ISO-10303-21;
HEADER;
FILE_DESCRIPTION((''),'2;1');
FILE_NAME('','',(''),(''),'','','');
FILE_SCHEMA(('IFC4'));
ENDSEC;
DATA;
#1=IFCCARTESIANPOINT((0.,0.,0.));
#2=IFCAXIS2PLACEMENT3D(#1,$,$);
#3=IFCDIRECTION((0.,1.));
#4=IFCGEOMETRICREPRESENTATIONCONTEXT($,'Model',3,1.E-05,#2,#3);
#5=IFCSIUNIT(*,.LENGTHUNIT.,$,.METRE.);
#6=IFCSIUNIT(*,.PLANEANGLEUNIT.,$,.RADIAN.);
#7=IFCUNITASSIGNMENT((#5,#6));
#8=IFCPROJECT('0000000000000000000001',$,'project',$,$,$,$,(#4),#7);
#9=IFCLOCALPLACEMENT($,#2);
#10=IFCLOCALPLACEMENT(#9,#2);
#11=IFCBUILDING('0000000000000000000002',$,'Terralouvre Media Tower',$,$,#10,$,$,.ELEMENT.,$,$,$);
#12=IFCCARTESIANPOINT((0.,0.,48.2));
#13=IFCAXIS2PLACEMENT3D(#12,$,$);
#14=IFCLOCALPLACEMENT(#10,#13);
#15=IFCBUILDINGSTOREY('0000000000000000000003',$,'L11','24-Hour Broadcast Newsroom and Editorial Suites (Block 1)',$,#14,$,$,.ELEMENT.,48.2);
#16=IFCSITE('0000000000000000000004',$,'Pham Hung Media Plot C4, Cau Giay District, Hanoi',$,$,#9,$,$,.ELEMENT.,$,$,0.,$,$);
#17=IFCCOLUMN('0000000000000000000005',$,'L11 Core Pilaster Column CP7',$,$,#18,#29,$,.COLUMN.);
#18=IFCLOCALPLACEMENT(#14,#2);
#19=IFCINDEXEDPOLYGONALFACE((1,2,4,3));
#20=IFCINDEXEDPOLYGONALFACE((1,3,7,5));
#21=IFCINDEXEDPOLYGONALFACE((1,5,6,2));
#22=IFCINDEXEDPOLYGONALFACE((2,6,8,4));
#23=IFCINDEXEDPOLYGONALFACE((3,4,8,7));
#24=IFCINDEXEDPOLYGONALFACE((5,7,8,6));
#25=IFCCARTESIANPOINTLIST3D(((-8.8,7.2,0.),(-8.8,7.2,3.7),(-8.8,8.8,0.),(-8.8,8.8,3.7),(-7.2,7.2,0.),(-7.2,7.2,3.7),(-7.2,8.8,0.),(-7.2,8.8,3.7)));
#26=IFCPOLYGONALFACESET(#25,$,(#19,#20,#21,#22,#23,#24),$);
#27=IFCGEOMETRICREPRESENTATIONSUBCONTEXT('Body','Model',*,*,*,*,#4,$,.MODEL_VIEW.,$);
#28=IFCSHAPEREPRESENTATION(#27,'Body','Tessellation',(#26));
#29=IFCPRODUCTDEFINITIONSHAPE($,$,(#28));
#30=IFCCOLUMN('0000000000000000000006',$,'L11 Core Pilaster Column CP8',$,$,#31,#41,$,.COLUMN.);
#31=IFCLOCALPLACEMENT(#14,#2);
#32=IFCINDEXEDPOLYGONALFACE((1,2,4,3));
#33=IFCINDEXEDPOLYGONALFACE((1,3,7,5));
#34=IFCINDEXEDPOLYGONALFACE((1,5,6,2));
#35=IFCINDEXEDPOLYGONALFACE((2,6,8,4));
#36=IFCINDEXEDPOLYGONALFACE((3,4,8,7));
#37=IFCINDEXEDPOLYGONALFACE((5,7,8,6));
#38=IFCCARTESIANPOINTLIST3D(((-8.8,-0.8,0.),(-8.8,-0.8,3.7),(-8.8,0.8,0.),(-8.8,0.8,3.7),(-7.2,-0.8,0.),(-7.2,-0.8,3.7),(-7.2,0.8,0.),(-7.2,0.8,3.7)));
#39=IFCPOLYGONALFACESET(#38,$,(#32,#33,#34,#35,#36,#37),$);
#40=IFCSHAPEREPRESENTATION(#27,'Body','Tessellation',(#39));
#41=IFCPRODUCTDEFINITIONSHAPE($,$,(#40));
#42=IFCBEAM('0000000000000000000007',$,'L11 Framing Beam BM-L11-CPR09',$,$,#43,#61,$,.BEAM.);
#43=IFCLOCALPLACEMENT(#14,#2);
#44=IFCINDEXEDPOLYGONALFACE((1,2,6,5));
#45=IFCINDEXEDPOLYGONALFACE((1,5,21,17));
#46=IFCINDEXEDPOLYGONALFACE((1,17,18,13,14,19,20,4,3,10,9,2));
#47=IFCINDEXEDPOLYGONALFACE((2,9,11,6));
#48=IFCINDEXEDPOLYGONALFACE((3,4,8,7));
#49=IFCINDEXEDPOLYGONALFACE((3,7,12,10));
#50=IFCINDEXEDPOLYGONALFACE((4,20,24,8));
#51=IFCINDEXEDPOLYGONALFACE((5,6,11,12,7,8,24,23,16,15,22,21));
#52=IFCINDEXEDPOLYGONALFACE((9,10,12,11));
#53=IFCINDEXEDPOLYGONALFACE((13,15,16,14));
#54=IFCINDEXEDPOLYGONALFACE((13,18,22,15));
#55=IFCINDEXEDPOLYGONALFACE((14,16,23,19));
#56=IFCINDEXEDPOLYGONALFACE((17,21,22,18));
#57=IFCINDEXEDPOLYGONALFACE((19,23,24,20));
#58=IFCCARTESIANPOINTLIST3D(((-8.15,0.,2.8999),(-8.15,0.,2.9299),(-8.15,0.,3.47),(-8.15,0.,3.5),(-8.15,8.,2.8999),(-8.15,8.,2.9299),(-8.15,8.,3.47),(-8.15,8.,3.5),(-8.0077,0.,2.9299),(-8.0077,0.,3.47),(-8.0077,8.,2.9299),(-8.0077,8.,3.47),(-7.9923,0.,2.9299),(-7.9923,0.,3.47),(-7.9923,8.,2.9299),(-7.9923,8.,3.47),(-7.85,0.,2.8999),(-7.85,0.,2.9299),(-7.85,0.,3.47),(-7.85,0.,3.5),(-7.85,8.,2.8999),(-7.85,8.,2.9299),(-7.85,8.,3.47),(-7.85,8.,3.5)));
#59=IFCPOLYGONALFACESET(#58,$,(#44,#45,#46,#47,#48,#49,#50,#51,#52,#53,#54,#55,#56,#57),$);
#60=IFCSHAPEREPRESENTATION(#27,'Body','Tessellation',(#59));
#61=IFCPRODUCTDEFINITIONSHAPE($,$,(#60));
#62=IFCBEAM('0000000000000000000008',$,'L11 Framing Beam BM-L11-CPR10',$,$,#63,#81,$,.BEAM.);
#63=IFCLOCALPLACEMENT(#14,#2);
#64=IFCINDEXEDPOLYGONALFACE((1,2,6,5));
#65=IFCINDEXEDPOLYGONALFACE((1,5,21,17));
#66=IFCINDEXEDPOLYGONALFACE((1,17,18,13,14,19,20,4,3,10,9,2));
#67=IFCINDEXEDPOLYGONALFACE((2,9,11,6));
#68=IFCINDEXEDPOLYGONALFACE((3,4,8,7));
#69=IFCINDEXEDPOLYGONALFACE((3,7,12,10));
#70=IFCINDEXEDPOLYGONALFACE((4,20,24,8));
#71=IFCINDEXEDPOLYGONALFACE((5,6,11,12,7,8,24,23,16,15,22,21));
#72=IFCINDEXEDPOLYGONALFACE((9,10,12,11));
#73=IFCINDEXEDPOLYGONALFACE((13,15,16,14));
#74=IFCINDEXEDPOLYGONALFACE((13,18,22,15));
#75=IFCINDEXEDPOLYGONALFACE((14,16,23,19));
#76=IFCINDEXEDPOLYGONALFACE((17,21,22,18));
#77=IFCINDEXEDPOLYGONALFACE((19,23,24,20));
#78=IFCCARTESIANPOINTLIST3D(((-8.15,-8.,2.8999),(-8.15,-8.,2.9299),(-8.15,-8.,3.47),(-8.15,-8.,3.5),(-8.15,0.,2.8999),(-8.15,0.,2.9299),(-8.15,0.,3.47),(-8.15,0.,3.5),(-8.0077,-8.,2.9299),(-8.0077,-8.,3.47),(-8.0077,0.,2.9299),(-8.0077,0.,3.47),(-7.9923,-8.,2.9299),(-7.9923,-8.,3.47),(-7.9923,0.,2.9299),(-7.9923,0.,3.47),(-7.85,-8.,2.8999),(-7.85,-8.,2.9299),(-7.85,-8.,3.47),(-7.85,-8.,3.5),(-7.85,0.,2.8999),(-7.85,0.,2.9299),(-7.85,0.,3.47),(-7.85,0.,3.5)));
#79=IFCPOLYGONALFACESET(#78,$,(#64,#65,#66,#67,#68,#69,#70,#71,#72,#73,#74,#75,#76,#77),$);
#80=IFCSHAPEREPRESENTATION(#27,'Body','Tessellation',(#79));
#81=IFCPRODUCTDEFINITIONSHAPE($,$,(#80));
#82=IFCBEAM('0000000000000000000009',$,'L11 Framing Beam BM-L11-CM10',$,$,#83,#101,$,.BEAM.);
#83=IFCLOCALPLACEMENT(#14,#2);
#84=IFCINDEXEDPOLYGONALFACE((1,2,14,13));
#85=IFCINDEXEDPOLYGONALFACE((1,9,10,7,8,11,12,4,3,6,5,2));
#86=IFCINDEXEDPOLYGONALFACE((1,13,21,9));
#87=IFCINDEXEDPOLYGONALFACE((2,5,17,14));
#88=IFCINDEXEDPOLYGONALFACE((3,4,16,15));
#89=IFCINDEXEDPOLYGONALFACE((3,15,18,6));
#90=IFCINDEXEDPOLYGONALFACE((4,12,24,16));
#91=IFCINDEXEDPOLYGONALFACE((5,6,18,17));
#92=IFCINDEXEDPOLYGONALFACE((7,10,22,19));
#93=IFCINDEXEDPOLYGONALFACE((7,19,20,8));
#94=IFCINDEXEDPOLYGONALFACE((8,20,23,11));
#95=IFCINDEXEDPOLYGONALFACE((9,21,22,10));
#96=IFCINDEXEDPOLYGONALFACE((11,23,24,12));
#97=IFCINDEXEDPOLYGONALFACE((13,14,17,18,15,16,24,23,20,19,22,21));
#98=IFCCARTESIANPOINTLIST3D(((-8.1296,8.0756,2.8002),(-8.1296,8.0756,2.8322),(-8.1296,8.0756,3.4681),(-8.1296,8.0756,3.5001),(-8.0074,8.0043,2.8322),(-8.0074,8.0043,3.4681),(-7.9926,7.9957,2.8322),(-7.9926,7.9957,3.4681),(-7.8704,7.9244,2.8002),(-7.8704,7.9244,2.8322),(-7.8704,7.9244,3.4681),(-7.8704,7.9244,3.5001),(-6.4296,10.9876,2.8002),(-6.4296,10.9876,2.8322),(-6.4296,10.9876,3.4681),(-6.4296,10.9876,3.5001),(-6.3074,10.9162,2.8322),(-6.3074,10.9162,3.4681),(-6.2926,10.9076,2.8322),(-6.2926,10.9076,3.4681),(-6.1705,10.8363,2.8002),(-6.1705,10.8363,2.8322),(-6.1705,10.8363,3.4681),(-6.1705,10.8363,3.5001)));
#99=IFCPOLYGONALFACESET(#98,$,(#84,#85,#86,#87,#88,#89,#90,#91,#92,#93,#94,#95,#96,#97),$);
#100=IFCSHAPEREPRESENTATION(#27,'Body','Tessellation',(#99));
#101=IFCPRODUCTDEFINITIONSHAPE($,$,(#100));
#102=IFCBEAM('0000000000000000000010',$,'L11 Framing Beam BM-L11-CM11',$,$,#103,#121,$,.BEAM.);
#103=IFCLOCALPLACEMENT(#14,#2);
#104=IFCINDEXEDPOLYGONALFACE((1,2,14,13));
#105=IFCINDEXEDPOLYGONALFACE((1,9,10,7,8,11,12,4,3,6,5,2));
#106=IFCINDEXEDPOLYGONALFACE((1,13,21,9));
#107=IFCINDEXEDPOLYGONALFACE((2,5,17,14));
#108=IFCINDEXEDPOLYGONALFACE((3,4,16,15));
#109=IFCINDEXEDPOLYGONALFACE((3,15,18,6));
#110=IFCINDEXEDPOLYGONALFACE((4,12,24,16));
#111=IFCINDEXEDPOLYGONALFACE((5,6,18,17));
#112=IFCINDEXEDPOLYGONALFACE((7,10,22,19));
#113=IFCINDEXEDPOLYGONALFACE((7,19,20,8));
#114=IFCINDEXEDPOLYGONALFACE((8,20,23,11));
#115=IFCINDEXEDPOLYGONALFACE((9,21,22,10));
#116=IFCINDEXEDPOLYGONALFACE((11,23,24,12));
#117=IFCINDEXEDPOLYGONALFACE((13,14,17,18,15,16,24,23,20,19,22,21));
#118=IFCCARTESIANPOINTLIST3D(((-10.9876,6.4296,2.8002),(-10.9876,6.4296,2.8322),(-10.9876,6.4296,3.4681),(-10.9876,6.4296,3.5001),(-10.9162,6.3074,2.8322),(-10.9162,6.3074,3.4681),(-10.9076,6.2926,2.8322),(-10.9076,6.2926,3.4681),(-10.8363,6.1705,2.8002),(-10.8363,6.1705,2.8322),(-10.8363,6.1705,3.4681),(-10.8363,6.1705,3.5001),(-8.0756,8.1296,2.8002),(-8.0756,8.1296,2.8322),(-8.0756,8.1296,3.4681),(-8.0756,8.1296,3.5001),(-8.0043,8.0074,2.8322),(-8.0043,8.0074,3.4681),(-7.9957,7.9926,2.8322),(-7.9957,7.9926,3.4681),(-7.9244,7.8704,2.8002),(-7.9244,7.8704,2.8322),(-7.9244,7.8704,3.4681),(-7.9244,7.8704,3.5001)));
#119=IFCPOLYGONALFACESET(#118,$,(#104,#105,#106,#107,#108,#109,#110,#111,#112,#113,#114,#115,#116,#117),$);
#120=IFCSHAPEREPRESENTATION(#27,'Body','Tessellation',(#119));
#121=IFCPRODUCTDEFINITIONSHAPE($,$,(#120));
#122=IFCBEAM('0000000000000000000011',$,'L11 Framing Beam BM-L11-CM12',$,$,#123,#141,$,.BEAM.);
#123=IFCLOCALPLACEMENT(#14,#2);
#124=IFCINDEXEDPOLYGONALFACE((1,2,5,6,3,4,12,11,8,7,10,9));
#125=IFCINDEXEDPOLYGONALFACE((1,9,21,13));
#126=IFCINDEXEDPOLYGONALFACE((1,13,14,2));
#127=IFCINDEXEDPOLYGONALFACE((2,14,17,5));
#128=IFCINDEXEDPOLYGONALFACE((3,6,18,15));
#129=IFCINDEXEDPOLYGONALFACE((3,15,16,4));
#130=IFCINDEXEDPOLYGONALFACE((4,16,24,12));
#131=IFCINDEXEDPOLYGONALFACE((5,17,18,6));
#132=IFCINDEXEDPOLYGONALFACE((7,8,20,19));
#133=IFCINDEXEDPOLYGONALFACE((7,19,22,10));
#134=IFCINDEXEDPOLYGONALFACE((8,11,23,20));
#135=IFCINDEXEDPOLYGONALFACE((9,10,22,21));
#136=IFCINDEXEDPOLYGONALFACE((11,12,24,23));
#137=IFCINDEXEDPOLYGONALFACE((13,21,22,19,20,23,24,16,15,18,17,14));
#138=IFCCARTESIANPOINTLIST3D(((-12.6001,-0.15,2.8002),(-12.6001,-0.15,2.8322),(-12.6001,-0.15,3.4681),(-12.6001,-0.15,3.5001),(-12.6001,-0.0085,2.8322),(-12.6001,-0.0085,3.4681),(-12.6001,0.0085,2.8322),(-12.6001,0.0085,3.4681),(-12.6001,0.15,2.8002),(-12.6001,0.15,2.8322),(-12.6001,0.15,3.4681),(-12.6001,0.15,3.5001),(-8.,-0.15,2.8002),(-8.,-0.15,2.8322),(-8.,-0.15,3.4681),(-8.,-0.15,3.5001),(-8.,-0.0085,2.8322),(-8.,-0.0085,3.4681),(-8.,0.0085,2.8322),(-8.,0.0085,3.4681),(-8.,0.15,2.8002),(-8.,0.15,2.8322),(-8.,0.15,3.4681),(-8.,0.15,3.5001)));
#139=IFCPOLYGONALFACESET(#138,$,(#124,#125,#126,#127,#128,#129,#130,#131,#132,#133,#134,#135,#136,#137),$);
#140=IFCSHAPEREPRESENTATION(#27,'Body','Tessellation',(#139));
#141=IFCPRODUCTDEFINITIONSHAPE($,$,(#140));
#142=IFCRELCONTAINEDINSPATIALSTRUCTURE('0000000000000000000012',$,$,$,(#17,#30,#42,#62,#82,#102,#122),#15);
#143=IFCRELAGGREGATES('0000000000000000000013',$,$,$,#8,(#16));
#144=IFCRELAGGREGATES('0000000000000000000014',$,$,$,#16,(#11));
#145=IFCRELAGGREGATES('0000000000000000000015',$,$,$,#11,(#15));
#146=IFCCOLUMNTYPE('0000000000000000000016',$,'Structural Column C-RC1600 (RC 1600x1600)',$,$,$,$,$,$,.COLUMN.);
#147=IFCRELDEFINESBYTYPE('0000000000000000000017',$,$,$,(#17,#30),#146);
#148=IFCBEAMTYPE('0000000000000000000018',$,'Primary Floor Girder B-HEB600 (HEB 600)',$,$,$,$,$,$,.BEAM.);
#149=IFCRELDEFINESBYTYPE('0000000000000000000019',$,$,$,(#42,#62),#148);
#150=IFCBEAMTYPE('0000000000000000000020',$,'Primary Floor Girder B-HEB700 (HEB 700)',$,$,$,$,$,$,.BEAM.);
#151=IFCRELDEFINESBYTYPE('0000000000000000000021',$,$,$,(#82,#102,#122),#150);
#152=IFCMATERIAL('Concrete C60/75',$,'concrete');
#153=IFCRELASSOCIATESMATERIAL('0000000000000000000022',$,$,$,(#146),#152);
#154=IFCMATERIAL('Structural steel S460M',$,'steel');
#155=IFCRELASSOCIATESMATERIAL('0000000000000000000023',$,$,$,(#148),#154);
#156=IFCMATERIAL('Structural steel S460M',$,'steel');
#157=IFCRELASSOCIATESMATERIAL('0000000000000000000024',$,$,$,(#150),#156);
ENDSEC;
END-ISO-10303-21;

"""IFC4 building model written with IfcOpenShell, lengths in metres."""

from ifc_helpers import new_model, si_unit, direction, frame, origin, origin_2d, place, context, subcontext, project, spatial, rectangle, i_section, extrude, material, material_profile, profile_set, type_object, element, save


model = new_model("IFC4")

# Units and contexts
model_context = context("Model", 3, precision=1e-05, world=origin(), true_north=direction((0.0, 1.0)))
body_context = subcontext(model_context, "Body", "Model", "MODEL_VIEW")
ifc_project = project(units=[si_unit("LENGTHUNIT", "METRE"), si_unit("PLANEANGLEUNIT", "RADIAN")], contexts=[model_context])

# Site, building, storey
site_placement = place(None, origin())
site = spatial("IfcSite", under=ifc_project, at=site_placement, Name="Pham Hung Media Plot C4, Cau Giay District, Hanoi", CompositionType="ELEMENT", RefElevation=0.0)
building_placement = place(site_placement, origin())
building = spatial("IfcBuilding", under=site, at=building_placement, Name="Terralouvre Media Tower", CompositionType="ELEMENT")
storey_placement = place(building_placement, frame((0.0, 0.0, 48.2)))
storey = spatial("IfcBuildingStorey", under=building, at=storey_placement, Name="L11", Description="24-Hour Broadcast Newsroom and Editorial Suites (Block 1)", CompositionType="ELEMENT", Elevation=48.2)

# Columns
ifc_material_1 = material(Name="Concrete C60/75", Category="concrete")
ifc_material_profile_1 = material_profile(ifc_material_1, rectangle(XDim=1.6001, YDim=1.6001, at=origin_2d()), Name="RC 1600x1600")
ifc_profile_set_1 = profile_set([ifc_material_profile_1], Name="Concrete C60/75")
column_type = type_object("IfcColumnType", Name="Structural Column C-RC1600 (RC 1600x1600)", PredefinedType="COLUMN", material=ifc_profile_set_1)
for number, where, z_axis, x_axis, name in (
    (1, (-8.0, 8.0, 0.0), (0.0, 0.0, 1.0), (1.0, 0.0, 0.0), "L11 Core Pilaster Column CP7"),
    (2, (-8.0, 0.0, 0.0), (0.0, 0.0, 1.0), (1.0, 0.0, 0.0), "L11 Core Pilaster Column CP8"),
):
    element("IfcColumn", number, at=place(storey_placement, frame(where, z_axis=z_axis, x_axis=x_axis)), inside=storey, type_object=column_type, Name=name, PredefinedType="COLUMN", context=body_context, shape_type="SweptSolid", body=[
        extrude(rectangle(XDim=1.6001, YDim=1.6001, at=origin_2d()), origin(), (0.0, 0.0, 1.0), 3.7),
    ])

# Beams
ifc_material_2 = material(Name="Structural steel S460M", Category="steel")
ifc_material_profile_2 = material_profile(ifc_material_2, i_section(OverallWidth=0.3, OverallDepth=0.6001, WebThickness=0.0154, FlangeThickness=0.03, at=origin_2d()), Name="HEB 600")
ifc_profile_set_2 = profile_set([ifc_material_profile_2], Name="Structural steel S460M")
beam_type_1 = type_object("IfcBeamType", Name="Primary Floor Girder B-HEB600 (HEB 600)", PredefinedType="BEAM", material=ifc_profile_set_2)
for number, where, z_axis, x_axis, name in (
    (3, (-8.0, 8.0, 3.2), (0.0, -1.0, 0.0), (1.0, 0.0, 0.0), "L11 Framing Beam BM-L11-CPR09"),
    (4, (-8.0, 0.0, 3.2), (0.0, -1.0, 0.0), (1.0, 0.0, 0.0), "L11 Framing Beam BM-L11-CPR10"),
):
    element("IfcBeam", number, at=place(storey_placement, frame(where, z_axis=z_axis, x_axis=x_axis)), inside=storey, type_object=beam_type_1, Name=name, PredefinedType="BEAM", context=body_context, shape_type="SweptSolid", body=[
        extrude(i_section(OverallWidth=0.3, OverallDepth=0.6001, WebThickness=0.0154, FlangeThickness=0.03, at=origin_2d()), origin(), (0.0, 0.0, 1.0), 8.0),
    ])
ifc_material_3 = material(Name="Structural steel S460M", Category="steel")
ifc_material_profile_3 = material_profile(ifc_material_3, i_section(OverallWidth=0.3, OverallDepth=0.7, WebThickness=0.0171, FlangeThickness=0.032, at=origin_2d()), Name="HEB 700")
ifc_profile_set_3 = profile_set([ifc_material_profile_3], Name="Structural steel S460M")
beam_type_2 = type_object("IfcBeamType", Name="Primary Floor Girder B-HEB700 (HEB 700)", PredefinedType="BEAM", material=ifc_profile_set_3)
for number, where, z_axis, x_axis, name in (
    (5, (-8.0, 8.0, 3.1501), (0.504173, 0.863603, 0.0), (-0.863603, 0.504173, 0.0), "L11 Framing Beam BM-L11-CM10"),
    (6, (-8.0, 8.0, 3.1501), (-0.863603, -0.504173, 0.0), (0.504173, -0.863603, 0.0), "L11 Framing Beam BM-L11-CM11"),
):
    element("IfcBeam", number, at=place(storey_placement, frame(where, z_axis=z_axis, x_axis=x_axis)), inside=storey, type_object=beam_type_2, Name=name, PredefinedType="BEAM", context=body_context, shape_type="SweptSolid", body=[
        extrude(i_section(OverallWidth=0.3, OverallDepth=0.7, WebThickness=0.0171, FlangeThickness=0.032, at=origin_2d()), origin(), (0.0, 0.0, 1.0), 3.3718),
    ])
beam_placement = place(storey_placement, frame((-8.0, 0.0, 3.1501), z_axis=(-1.0, 0.0, 0.0), x_axis=(0.0, -1.0, 0.0)))
element("IfcBeam", 7, at=beam_placement, inside=storey, type_object=beam_type_2, Name="L11 Framing Beam BM-L11-CM12", PredefinedType="BEAM", context=body_context, shape_type="SweptSolid", body=[
    extrude(i_section(OverallWidth=0.3, OverallDepth=0.7, WebThickness=0.0171, FlangeThickness=0.032, at=origin_2d()), origin(), (0.0, 0.0, 1.0), 4.6001),
])

save(model, "model.ifc")
